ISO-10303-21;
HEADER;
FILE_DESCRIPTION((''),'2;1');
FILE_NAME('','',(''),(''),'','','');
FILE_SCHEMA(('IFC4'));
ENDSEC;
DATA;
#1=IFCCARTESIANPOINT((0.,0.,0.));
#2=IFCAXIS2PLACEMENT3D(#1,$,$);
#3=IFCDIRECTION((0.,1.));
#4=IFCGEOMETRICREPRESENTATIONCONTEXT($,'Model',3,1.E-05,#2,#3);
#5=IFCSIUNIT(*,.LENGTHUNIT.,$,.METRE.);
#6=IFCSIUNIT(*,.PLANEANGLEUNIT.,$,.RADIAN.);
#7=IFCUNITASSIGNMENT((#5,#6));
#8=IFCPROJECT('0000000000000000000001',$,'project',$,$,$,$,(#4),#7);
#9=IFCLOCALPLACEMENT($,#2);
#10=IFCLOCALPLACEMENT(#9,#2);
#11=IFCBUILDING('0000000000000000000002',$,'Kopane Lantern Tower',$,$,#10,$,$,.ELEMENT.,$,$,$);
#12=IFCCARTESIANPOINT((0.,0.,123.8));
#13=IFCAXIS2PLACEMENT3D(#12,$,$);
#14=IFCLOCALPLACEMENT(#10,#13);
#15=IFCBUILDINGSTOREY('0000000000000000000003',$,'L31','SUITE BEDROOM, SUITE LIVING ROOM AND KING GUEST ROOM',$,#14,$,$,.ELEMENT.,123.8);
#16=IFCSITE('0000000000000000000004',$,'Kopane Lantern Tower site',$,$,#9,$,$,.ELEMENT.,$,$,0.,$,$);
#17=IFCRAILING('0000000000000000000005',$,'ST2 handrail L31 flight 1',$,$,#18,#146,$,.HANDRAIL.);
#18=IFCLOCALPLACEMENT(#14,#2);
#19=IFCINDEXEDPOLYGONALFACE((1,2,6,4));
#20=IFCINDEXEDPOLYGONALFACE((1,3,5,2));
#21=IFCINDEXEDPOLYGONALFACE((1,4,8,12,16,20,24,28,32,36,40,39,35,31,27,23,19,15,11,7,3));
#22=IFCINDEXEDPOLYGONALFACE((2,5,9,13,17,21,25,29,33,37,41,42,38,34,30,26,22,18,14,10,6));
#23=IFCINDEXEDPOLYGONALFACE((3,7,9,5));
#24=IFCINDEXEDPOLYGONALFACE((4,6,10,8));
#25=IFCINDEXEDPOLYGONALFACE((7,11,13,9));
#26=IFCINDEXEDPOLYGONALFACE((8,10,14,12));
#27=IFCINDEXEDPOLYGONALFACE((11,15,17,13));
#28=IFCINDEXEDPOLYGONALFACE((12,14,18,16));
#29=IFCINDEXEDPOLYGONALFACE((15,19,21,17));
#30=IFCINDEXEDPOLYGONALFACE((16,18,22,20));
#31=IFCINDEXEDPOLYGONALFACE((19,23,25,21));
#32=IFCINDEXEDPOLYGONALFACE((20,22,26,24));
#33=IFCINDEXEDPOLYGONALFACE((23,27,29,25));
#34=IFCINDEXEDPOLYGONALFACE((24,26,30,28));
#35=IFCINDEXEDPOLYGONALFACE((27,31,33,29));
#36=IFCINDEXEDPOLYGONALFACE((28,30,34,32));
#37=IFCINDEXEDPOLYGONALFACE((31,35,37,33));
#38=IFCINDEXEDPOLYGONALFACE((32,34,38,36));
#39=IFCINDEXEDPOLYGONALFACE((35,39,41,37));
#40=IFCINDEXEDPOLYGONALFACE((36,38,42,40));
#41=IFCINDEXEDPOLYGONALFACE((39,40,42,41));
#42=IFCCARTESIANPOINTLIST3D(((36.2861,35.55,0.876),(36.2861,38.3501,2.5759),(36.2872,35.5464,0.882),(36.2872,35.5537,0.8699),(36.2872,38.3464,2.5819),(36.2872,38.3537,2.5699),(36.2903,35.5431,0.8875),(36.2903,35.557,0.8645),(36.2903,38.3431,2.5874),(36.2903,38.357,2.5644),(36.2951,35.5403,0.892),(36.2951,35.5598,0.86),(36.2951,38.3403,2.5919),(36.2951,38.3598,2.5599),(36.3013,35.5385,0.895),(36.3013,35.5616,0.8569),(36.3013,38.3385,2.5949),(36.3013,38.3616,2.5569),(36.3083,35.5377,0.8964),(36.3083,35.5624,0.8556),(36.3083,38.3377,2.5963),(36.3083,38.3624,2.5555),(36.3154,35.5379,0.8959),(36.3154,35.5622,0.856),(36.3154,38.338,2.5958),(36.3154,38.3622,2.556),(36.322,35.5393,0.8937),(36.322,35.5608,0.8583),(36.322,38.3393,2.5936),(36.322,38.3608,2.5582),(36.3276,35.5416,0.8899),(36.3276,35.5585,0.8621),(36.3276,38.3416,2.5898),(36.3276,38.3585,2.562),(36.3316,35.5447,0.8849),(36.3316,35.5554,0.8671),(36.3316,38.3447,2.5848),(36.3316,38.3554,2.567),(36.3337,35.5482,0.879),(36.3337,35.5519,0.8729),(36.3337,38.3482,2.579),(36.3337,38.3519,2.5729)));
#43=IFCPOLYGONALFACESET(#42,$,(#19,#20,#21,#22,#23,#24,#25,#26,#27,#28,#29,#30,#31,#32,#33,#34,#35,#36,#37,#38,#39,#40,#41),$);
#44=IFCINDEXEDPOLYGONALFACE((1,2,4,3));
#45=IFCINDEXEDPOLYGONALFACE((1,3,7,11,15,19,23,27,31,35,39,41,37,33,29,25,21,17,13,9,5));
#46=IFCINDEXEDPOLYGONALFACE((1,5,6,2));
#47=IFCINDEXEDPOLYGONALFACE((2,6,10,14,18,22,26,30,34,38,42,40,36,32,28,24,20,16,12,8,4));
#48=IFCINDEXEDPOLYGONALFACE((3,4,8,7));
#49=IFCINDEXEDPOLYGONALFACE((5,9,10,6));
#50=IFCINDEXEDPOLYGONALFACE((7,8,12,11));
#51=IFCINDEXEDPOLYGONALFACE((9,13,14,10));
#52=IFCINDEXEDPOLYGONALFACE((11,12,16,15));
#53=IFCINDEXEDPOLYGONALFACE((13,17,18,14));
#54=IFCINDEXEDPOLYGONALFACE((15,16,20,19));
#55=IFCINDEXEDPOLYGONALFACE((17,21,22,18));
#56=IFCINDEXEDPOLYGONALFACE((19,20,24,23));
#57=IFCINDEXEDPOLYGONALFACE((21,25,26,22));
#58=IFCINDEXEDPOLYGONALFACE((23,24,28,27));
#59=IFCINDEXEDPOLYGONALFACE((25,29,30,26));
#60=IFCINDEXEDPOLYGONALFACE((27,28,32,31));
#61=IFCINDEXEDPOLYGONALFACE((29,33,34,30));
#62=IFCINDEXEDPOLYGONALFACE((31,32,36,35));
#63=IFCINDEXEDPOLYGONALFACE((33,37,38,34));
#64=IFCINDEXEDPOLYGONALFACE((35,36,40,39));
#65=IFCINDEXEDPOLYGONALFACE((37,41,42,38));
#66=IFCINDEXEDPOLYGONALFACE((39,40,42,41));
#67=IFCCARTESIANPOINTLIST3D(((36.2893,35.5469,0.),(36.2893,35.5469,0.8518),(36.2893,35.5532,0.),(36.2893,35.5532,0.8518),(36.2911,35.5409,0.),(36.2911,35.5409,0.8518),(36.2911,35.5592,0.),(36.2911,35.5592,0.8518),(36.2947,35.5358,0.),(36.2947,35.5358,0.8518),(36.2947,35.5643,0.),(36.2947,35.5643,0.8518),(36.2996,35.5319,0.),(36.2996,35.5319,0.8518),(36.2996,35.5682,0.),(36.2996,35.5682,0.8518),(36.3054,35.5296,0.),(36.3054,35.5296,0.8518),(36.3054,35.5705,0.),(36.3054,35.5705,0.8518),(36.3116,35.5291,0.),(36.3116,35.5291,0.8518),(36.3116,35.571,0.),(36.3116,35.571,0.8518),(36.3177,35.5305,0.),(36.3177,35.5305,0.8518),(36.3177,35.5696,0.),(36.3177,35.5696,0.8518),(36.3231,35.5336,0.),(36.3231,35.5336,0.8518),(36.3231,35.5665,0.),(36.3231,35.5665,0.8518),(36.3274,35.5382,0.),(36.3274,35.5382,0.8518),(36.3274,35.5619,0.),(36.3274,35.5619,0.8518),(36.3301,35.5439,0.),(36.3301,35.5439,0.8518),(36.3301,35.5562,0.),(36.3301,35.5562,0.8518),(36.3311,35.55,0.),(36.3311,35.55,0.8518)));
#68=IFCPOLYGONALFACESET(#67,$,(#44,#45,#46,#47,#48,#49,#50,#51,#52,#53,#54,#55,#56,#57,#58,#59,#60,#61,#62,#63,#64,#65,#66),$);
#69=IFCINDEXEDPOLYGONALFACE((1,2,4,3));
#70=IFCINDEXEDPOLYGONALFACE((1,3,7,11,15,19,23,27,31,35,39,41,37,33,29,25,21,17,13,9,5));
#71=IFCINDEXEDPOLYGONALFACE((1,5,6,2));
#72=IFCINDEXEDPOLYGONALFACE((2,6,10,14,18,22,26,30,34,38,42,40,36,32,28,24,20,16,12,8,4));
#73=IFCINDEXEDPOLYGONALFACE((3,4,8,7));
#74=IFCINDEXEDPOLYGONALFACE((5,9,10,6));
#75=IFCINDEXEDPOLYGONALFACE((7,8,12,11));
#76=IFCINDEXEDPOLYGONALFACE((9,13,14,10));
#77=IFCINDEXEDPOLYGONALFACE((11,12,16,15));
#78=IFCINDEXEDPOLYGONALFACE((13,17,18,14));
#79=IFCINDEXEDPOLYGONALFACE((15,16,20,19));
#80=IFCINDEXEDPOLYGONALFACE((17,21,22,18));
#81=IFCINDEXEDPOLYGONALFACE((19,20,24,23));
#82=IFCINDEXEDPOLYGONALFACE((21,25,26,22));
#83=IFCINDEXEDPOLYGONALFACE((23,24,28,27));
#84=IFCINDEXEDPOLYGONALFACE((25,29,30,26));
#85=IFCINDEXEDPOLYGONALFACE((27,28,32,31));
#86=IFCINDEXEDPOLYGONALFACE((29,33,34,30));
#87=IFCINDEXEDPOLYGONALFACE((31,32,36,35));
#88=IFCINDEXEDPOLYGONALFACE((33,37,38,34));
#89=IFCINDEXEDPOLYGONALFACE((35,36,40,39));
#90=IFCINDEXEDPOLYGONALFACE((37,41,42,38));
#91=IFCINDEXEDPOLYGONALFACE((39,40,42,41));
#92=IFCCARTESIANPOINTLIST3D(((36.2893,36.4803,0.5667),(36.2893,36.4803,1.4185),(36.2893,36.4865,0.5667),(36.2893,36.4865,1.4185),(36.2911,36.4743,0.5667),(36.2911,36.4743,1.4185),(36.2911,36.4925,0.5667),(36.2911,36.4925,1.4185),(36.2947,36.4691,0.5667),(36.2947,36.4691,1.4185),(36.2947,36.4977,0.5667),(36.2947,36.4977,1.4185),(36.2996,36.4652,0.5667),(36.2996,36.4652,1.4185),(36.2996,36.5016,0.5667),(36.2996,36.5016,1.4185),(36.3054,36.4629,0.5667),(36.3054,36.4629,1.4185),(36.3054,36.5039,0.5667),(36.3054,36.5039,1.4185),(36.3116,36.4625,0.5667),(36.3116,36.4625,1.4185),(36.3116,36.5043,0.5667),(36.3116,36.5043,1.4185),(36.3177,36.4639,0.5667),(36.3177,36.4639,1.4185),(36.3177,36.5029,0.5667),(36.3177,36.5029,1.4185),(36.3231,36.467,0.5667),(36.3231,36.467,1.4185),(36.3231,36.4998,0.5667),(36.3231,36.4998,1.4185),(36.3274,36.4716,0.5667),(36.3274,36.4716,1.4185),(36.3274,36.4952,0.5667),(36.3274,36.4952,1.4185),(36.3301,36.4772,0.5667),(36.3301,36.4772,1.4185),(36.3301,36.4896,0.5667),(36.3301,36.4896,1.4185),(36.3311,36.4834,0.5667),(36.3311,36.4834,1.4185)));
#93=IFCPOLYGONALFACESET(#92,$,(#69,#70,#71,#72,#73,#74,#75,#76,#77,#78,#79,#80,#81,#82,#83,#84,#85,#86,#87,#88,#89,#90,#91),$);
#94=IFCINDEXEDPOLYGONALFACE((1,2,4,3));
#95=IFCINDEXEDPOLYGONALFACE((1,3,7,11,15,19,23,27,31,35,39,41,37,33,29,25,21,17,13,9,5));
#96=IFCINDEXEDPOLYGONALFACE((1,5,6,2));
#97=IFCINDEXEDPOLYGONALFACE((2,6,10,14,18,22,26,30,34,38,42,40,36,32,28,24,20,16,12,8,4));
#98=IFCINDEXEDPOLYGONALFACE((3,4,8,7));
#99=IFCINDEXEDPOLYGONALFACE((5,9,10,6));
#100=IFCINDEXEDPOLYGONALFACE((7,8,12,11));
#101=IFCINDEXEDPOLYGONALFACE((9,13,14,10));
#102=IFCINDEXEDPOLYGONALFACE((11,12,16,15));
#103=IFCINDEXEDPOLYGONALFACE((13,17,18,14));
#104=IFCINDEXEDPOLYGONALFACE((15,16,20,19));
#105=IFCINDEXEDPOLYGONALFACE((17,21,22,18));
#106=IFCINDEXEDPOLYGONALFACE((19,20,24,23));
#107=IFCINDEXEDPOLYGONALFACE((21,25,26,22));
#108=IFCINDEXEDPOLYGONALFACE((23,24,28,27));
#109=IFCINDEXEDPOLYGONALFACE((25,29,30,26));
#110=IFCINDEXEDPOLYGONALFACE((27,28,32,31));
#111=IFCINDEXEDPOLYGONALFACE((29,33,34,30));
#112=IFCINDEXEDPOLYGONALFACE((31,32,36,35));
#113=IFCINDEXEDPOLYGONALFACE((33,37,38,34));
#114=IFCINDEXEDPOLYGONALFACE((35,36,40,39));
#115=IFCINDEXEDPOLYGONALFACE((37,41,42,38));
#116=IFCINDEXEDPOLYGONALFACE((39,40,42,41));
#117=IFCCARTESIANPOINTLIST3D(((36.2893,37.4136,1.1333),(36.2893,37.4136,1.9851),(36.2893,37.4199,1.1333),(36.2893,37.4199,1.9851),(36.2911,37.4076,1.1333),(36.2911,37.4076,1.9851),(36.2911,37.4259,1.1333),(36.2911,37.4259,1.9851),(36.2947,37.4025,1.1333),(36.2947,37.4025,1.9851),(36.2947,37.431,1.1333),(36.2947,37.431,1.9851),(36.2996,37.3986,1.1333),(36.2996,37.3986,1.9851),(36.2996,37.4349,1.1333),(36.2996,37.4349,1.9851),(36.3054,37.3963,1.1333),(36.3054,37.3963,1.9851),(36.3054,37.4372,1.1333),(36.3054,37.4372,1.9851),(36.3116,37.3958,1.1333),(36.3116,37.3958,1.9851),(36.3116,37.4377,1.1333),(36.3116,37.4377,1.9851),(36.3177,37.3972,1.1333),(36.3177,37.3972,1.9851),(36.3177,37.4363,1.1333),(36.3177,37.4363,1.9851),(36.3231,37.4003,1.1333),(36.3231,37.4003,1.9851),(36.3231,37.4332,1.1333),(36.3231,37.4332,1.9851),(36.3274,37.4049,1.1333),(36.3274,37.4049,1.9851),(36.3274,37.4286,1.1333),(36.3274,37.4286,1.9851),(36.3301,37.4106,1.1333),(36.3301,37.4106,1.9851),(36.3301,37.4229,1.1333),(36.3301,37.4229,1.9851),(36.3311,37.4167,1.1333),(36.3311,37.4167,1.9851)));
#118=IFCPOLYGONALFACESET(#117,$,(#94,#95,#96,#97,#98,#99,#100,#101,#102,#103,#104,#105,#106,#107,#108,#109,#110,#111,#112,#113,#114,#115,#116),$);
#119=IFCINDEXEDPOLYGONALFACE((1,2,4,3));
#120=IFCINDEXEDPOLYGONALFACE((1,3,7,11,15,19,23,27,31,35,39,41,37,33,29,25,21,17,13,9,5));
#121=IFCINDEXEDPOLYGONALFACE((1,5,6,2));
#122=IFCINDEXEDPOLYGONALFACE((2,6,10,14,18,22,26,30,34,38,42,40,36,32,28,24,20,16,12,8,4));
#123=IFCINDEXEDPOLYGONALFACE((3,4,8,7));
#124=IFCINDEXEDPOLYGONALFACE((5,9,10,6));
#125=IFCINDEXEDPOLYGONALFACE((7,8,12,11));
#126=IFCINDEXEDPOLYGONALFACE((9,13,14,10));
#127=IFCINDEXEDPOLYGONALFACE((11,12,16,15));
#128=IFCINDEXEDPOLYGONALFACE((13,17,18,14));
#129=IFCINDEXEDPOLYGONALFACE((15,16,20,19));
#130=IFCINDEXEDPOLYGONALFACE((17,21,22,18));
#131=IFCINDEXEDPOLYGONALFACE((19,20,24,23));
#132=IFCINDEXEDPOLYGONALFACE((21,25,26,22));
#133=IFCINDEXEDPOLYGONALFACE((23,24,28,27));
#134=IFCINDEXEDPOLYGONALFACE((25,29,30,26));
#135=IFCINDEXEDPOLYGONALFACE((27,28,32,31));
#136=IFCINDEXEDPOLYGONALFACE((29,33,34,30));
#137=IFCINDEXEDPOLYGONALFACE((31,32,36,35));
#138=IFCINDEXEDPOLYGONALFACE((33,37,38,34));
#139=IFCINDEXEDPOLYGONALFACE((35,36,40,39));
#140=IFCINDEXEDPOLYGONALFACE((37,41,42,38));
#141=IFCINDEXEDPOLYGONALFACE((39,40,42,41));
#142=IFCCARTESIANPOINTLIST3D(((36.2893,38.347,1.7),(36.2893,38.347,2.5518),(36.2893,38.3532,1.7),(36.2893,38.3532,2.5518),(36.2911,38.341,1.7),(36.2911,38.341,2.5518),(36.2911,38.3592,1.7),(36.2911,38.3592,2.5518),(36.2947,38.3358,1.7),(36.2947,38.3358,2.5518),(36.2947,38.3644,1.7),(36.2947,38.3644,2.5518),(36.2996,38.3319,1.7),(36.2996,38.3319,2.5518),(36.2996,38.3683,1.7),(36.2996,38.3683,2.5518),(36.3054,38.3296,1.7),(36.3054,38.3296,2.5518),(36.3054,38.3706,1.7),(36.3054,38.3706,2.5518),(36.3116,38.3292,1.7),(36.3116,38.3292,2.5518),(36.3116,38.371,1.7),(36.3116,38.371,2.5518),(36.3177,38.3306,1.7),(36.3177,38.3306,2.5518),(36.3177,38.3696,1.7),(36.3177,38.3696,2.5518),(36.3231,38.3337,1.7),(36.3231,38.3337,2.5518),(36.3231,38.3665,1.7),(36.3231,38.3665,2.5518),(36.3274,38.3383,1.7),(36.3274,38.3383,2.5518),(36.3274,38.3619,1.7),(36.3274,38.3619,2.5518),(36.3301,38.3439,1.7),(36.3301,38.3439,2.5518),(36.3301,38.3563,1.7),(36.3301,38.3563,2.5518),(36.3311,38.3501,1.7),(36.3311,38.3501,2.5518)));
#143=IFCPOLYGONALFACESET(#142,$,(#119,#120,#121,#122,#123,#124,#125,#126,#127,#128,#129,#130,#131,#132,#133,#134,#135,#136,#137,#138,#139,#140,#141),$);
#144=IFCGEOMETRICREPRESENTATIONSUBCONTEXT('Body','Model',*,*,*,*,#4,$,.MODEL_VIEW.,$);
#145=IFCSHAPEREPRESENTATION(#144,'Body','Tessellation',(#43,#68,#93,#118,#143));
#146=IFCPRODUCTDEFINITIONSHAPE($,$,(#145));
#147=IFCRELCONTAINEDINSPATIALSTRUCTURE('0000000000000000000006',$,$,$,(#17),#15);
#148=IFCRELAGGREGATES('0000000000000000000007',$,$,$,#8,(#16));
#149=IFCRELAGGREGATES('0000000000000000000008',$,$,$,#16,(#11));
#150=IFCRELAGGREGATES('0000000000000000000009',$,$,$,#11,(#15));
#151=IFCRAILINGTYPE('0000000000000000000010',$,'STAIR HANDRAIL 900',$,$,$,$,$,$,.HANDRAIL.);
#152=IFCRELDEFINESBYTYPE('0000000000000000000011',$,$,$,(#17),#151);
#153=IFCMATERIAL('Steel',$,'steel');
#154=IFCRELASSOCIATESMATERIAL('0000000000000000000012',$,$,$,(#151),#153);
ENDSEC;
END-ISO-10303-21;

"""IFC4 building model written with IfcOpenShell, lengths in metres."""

from ifc_helpers import new_model, si_unit, direction, frame, origin, origin_2d, place, context, subcontext, project, spatial, circle, extrude, material, type_object, element, save


model = new_model("IFC4")

# Units and contexts
model_context = context("Model", 3, precision=1e-05, world=origin(), true_north=direction((0.0, 1.0)))
body_context = subcontext(model_context, "Body", "Model", "MODEL_VIEW")
ifc_project = project(units=[si_unit("LENGTHUNIT", "METRE"), si_unit("PLANEANGLEUNIT", "RADIAN")], contexts=[model_context])

# Site, building, storey
site_placement = place(None, origin())
site = spatial("IfcSite", under=ifc_project, at=site_placement, Name="Kopane Lantern Tower site", CompositionType="ELEMENT", RefElevation=0.0)
building_placement = place(site_placement, origin())
building = spatial("IfcBuilding", under=site, at=building_placement, Name="Kopane Lantern Tower", CompositionType="ELEMENT")
storey_placement = place(building_placement, frame((0.0, 0.0, 123.8)))
storey = spatial("IfcBuildingStorey", under=building, at=storey_placement, Name="L31", Description="SUITE BEDROOM, SUITE LIVING ROOM AND KING GUEST ROOM", CompositionType="ELEMENT", Elevation=123.8)

# Railing
ifc_material_1 = material(Name="Steel", Category="steel")
railing_type_1 = type_object("IfcRailingType", Name="STAIR HANDRAIL 900", PredefinedType="HANDRAIL", material=ifc_material_1)
for number, where, name in (
    (1, (36.3101, 35.55, 0.0), "ST2 handrail L31 flight 1"),
):
    element("IfcRailing", number, at=place(storey_placement, frame(where)), inside=storey, type_object=railing_type_1, Name=name, PredefinedType="HANDRAIL", context=body_context, shape_type="SweptSolid", body=[
        extrude(circle(Radius=0.0239, at=origin_2d()), frame((0.0, 0.0, 0.876), z_axis=(0.0, 0.854798, 0.518961), x_axis=(-1.0, 0.0, 0.0)), (0.0, 0.0, 1.0), 3.2756),
        extrude(circle(Radius=0.021, at=origin_2d()), origin(), (0.0, 0.0, 1.0), 0.8518),
        extrude(circle(Radius=0.021, at=origin_2d()), frame((0.0, 0.9333, 0.5667)), (0.0, 0.0, 1.0), 0.8518),
        extrude(circle(Radius=0.021, at=origin_2d()), frame((0.0, 1.8667, 1.1333)), (0.0, 0.0, 1.0), 0.8518),
        extrude(circle(Radius=0.021, at=origin_2d()), frame((0.0, 2.8, 1.7)), (0.0, 0.0, 1.0), 0.8518),
    ])

save(model, "model.ifc")
